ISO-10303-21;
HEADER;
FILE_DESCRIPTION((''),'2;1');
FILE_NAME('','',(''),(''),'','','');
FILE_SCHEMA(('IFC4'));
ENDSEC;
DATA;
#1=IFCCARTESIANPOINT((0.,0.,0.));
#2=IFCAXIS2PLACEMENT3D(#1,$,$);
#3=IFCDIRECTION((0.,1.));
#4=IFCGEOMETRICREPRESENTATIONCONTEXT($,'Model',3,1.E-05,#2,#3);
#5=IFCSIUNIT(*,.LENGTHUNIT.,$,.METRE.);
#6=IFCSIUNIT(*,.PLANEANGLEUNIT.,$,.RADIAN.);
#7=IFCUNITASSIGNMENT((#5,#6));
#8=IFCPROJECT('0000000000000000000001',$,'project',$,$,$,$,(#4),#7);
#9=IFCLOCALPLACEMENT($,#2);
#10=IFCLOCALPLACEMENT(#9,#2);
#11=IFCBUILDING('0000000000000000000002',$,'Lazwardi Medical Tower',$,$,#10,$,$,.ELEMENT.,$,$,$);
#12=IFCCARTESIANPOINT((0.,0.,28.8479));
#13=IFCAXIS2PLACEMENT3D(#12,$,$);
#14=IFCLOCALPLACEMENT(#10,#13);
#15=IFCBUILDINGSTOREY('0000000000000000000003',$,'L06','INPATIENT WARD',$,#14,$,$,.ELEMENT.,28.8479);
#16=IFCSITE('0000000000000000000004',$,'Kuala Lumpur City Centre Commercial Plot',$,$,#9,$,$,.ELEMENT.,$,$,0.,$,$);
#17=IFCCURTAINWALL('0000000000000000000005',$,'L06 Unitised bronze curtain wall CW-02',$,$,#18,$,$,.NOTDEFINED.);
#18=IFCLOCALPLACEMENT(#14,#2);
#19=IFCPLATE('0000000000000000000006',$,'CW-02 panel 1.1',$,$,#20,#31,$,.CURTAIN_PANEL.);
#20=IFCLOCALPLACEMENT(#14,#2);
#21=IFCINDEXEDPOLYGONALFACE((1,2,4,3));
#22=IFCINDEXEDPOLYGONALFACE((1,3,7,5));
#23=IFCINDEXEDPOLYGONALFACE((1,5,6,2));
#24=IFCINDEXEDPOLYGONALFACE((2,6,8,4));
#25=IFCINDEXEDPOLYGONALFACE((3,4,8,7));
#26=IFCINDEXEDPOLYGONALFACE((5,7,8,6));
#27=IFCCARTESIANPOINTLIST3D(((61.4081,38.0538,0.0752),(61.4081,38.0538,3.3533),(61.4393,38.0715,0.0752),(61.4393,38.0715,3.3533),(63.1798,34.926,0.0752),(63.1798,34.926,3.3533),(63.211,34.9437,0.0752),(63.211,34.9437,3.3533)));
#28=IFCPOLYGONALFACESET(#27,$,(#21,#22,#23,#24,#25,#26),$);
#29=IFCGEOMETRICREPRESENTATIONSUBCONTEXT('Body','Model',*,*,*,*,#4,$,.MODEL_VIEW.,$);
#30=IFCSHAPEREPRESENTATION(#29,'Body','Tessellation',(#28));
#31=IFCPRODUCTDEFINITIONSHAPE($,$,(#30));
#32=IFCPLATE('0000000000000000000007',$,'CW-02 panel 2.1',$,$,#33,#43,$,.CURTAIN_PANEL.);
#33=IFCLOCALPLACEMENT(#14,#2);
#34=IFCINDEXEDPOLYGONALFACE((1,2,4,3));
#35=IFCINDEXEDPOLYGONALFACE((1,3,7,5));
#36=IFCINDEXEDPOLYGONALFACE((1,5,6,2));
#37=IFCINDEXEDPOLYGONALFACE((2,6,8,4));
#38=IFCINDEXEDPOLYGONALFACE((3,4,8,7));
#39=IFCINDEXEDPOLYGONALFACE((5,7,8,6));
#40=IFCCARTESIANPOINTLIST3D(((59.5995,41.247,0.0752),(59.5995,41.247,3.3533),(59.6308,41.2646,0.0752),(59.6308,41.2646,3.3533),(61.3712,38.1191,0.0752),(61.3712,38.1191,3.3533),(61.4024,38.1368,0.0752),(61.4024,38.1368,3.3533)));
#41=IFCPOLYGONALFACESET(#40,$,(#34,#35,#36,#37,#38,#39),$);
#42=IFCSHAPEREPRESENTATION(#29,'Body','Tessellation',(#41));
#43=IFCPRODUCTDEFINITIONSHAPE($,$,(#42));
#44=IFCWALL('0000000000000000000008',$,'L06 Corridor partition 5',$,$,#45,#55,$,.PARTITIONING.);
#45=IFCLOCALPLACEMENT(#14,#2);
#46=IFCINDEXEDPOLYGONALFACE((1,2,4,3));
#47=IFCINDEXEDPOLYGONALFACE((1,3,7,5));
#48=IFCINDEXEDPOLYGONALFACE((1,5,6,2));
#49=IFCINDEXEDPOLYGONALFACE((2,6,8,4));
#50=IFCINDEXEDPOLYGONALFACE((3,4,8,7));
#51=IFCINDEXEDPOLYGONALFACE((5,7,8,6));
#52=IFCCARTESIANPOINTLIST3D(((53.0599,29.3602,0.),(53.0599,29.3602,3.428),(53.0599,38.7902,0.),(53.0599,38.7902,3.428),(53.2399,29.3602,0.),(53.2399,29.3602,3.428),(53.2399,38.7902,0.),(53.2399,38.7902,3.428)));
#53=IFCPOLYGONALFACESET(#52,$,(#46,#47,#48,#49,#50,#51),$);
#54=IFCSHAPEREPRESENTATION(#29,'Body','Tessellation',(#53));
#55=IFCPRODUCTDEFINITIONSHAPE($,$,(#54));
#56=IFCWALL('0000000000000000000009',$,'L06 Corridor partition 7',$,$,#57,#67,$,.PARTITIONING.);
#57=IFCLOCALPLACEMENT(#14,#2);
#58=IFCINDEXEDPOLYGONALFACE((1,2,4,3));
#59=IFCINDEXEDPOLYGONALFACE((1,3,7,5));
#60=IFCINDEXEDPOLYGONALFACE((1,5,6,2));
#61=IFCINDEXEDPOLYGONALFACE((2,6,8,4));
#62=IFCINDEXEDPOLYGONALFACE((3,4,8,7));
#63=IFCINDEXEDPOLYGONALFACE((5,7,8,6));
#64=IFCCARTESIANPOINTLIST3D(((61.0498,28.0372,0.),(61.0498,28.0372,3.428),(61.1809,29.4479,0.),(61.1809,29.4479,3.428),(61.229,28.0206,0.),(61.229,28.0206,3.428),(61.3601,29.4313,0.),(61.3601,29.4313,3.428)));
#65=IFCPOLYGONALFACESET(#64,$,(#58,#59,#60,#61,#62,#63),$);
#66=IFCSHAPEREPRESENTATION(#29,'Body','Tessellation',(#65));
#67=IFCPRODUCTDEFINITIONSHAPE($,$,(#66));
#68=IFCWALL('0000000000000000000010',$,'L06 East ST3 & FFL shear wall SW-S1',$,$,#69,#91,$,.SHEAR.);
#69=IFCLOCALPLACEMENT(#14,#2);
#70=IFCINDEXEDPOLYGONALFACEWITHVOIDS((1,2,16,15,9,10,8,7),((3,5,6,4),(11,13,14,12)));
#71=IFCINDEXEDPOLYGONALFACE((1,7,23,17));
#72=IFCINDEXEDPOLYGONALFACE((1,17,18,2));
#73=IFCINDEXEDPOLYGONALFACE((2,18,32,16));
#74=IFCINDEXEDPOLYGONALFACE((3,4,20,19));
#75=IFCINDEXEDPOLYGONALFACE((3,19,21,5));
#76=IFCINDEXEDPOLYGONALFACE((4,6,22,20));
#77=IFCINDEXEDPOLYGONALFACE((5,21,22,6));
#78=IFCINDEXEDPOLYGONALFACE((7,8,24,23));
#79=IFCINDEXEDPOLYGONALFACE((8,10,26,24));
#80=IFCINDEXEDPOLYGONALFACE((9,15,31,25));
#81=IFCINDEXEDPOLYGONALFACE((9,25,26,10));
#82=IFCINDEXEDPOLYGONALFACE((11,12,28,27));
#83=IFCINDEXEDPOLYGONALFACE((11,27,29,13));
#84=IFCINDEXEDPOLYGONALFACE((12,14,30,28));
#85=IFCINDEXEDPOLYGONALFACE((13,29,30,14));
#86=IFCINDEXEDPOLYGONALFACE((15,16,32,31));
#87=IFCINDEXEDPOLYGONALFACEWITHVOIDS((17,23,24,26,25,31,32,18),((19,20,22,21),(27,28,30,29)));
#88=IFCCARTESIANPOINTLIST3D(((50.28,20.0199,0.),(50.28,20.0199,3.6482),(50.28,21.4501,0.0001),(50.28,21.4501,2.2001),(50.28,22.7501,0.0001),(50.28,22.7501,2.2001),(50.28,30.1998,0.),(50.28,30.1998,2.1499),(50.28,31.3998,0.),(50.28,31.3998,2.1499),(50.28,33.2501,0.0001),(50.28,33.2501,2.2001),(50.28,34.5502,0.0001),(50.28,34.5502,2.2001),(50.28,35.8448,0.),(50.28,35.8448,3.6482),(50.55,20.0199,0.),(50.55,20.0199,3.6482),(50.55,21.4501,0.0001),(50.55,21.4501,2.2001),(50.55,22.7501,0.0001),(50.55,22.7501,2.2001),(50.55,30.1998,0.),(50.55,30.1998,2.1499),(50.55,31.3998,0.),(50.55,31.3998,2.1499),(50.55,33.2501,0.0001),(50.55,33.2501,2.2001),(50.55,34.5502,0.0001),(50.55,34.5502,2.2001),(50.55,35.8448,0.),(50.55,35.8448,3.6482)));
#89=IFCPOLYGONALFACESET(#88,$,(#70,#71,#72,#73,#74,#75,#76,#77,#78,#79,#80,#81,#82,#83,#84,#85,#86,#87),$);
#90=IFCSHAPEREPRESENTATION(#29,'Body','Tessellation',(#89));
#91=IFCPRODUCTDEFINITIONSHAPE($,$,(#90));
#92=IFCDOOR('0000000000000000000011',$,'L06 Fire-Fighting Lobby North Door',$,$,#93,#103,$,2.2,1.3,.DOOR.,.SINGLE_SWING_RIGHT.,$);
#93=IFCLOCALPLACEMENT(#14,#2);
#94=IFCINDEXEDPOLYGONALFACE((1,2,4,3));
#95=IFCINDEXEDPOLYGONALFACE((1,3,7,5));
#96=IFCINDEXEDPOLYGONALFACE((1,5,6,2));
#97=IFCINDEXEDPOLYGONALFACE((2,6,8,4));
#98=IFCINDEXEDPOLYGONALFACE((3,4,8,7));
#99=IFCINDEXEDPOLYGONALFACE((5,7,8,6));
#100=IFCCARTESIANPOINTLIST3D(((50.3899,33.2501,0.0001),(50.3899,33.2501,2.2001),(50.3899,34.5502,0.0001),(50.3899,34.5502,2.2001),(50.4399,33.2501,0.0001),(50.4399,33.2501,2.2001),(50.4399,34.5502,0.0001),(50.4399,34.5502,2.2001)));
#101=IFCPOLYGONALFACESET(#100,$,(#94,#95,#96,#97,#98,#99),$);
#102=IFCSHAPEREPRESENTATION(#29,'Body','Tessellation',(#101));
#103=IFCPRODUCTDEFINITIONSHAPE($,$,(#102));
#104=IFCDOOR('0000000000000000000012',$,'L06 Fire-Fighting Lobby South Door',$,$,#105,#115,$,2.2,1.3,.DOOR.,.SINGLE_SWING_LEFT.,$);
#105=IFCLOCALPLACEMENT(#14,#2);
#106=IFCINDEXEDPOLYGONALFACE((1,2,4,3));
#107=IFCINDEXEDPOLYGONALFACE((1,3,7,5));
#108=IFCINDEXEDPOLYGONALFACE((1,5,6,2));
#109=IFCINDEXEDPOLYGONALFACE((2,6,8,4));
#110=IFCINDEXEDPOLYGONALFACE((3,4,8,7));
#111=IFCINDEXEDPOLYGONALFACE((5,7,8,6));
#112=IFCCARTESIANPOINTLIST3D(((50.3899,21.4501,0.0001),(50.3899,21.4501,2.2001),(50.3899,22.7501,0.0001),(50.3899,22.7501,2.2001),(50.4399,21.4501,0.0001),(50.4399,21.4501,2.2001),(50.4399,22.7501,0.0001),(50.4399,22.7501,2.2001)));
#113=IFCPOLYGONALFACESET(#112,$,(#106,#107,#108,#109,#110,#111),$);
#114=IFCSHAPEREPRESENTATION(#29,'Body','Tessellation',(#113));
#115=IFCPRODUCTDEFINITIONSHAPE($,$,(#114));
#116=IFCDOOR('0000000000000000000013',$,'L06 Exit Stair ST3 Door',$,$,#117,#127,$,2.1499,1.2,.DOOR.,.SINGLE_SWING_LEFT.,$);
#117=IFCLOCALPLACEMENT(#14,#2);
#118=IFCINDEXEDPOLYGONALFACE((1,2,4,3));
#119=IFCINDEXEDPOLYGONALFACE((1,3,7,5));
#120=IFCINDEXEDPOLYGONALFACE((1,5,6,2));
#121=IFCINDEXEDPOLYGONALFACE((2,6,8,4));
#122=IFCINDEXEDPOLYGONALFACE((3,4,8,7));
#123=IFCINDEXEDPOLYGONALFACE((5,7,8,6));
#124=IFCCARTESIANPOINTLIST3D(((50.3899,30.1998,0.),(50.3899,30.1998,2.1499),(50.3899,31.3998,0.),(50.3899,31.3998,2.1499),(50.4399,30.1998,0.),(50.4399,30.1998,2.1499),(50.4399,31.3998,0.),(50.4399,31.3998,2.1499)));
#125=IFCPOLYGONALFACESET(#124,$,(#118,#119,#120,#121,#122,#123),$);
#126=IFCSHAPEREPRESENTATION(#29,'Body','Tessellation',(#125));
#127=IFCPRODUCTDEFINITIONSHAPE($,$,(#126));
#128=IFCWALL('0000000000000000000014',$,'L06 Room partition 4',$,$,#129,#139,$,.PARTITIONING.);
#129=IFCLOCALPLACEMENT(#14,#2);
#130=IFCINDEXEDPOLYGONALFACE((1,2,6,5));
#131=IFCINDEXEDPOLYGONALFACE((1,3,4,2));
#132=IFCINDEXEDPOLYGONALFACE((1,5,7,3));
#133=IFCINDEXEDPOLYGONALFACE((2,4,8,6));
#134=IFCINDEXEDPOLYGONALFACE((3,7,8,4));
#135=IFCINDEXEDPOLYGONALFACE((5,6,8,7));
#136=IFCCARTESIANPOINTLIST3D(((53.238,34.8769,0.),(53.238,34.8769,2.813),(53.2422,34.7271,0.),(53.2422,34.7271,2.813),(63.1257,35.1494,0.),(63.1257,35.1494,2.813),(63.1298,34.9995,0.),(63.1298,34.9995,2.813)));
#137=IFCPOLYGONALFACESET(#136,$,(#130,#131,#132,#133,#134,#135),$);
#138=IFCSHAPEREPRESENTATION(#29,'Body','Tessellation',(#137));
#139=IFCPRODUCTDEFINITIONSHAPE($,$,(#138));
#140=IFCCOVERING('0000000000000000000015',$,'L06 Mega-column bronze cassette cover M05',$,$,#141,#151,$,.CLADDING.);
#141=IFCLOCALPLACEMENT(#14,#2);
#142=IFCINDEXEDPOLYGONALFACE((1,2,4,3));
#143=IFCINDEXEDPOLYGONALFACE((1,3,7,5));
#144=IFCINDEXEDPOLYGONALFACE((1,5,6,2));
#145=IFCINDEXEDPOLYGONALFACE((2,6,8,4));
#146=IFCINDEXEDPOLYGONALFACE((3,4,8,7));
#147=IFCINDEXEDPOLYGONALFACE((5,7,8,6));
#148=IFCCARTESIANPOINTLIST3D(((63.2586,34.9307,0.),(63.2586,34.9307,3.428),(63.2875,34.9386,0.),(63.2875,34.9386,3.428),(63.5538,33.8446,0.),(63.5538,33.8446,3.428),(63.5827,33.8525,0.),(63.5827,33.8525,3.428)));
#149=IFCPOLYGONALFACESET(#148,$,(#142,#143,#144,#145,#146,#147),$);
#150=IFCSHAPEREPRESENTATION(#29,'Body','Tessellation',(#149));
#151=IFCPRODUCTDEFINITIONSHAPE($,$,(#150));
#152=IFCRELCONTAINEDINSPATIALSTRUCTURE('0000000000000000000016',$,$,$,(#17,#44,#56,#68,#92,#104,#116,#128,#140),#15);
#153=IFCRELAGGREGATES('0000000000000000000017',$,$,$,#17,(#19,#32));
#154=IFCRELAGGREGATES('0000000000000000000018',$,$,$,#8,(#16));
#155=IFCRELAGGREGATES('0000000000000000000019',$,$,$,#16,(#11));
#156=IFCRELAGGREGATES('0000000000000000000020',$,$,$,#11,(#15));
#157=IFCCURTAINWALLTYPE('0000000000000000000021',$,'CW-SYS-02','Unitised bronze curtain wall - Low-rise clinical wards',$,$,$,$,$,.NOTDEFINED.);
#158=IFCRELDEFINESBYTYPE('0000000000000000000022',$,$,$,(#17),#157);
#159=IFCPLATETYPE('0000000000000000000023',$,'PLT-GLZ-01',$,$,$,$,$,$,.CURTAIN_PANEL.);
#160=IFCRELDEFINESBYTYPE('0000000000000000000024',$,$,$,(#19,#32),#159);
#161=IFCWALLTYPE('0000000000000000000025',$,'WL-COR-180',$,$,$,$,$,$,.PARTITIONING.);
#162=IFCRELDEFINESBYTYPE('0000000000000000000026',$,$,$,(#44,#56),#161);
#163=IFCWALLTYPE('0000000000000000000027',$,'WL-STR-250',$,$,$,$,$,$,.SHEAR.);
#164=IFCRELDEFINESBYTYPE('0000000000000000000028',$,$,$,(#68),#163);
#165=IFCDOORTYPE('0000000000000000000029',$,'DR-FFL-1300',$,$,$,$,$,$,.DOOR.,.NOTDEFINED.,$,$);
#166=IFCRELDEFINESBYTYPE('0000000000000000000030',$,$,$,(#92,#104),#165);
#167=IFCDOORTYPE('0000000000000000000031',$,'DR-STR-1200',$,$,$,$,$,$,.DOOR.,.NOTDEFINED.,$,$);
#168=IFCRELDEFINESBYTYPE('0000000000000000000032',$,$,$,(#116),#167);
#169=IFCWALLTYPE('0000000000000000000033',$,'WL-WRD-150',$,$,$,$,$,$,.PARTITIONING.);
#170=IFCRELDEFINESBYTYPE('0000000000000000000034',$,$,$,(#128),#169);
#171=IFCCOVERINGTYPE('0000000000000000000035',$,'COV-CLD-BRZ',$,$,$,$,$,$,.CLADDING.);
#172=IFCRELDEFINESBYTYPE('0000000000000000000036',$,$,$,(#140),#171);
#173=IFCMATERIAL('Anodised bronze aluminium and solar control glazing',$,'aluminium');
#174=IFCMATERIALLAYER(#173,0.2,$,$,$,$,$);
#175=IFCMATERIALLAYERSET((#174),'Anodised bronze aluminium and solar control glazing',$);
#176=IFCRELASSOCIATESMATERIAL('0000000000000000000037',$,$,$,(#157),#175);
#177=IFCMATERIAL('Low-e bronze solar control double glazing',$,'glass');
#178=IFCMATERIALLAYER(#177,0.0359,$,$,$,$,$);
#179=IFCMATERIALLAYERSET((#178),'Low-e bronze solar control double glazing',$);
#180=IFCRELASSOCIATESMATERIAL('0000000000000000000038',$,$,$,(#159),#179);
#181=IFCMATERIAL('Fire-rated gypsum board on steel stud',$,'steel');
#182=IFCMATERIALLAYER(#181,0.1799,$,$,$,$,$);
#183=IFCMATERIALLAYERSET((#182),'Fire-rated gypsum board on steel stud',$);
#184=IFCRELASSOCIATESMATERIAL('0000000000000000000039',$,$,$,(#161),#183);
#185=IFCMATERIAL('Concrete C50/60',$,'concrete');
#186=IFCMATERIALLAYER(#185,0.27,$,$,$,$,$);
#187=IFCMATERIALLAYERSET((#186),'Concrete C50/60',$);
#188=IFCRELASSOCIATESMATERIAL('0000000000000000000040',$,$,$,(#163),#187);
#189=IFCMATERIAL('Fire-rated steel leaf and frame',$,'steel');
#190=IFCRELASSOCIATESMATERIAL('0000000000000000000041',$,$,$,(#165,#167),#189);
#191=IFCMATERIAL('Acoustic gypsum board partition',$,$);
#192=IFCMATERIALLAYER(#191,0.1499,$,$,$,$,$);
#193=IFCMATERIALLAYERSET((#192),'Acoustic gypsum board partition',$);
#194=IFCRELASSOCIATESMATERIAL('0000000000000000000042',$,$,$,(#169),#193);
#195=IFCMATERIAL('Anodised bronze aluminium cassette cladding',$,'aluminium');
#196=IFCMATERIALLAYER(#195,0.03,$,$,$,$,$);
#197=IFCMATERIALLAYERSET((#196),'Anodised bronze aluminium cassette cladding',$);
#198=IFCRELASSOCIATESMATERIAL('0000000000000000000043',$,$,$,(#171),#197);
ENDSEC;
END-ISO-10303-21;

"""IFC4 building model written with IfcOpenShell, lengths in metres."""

from ifc_helpers import new_model, si_unit, direction, frame, frame_2d, origin, origin_2d, place, context, subcontext, project, spatial, rectangle, extrude, material, layer, layer_set, type_object, element, fill, aggregate, save


model = new_model("IFC4")

# Units and contexts
model_context = context("Model", 3, precision=1e-05, world=origin(), true_north=direction((0.0, 1.0)))
body_context = subcontext(model_context, "Body", "Model", "MODEL_VIEW")
ifc_project = project(units=[si_unit("LENGTHUNIT", "METRE"), si_unit("PLANEANGLEUNIT", "RADIAN")], contexts=[model_context])

# Site, building, storey
site_placement = place(None, origin())
site = spatial("IfcSite", under=ifc_project, at=site_placement, Name="Kuala Lumpur City Centre Commercial Plot", CompositionType="ELEMENT", RefElevation=0.0)
building_placement = place(site_placement, origin())
building = spatial("IfcBuilding", under=site, at=building_placement, Name="Lazwardi Medical Tower", CompositionType="ELEMENT")
storey_placement = place(building_placement, frame((0.0, 0.0, 28.8479)))
storey = spatial("IfcBuildingStorey", under=building, at=storey_placement, Name="L06", Description="INPATIENT WARD", CompositionType="ELEMENT", Elevation=28.8479)

# Shared definitions
ifc_material_1 = material(Name="Anodised bronze aluminium and solar control glazing", Category="aluminium")
ifc_layer_1 = layer(ifc_material_1, 0.2)
ifc_layer_set_1 = layer_set([ifc_layer_1], Name="Anodised bronze aluminium and solar control glazing")
curtain_wall_type = type_object("IfcCurtainWallType", Name="CW-SYS-02", Description="Unitised bronze curtain wall - Low-rise clinical wards", PredefinedType="NOTDEFINED", material=ifc_layer_set_1)

# Curtain wall
curtain_wall_1_placement = place(storey_placement, origin())
curtain_wall_1 = element("IfcCurtainWall", 1, at=curtain_wall_1_placement, inside=storey, type_object=curtain_wall_type, Name="L06 Unitised bronze curtain wall CW-02", PredefinedType="NOTDEFINED")

# Plates
ifc_material_2 = material(Name="Low-e bronze solar control double glazing", Category="glass")
ifc_layer_2 = layer(ifc_material_2, 0.0359)
ifc_layer_set_2 = layer_set([ifc_layer_2], Name="Low-e bronze solar control double glazing")
plate_type = type_object("IfcPlateType", Name="PLT-GLZ-01", PredefinedType="CURTAIN_PANEL", material=ifc_layer_set_2)
plate_1_placement = place(storey_placement, frame((62.3096, 36.4988, 0.0752), z_axis=(0.0, 0.0, 1.0), x_axis=(-0.492854, 0.870112, 0.0)))
plate_1 = element("IfcPlate", 2, at=plate_1_placement, type_object=plate_type, Name="CW-02 panel 1.1", PredefinedType="CURTAIN_PANEL", context=body_context, shape_type="SweptSolid", body=[
    extrude(rectangle(XDim=3.5947, YDim=0.0359, at=origin_2d()), origin(), (0.0, 0.0, 1.0), 3.2781),
])
plate_2_placement = place(storey_placement, frame((60.501, 39.6919, 0.0752), z_axis=(0.0, 0.0, 1.0), x_axis=(-0.492854, 0.870112, 0.0)))
plate_2 = element("IfcPlate", 3, at=plate_2_placement, type_object=plate_type, Name="CW-02 panel 2.1", PredefinedType="CURTAIN_PANEL", context=body_context, shape_type="SweptSolid", body=[
    extrude(rectangle(XDim=3.5947, YDim=0.0359, at=origin_2d()), origin(), (0.0, 0.0, 1.0), 3.2781),
])
aggregate(curtain_wall_1, [plate_1, plate_2])

# Walls
ifc_material_3 = material(Name="Fire-rated gypsum board on steel stud", Category="steel")
ifc_layer_3 = layer(ifc_material_3, 0.1799)
ifc_layer_set_3 = layer_set([ifc_layer_3], Name="Fire-rated gypsum board on steel stud")
wall_type_1 = type_object("IfcWallType", Name="WL-COR-180", PredefinedType="PARTITIONING", material=ifc_layer_set_3)
wall_1_placement = place(storey_placement, frame((53.1499, 38.79, 0.0), z_axis=(0.0, 0.0, 1.0), x_axis=(0.0, -1.0, 0.0)))
element("IfcWall", 4, at=wall_1_placement, inside=storey, type_object=wall_type_1, Name="L06 Corridor partition 5", PredefinedType="PARTITIONING", context=body_context, shape_type="SweptSolid", body=[
    extrude(rectangle(XDim=9.4299, YDim=0.1799, at=frame_2d((4.7148, 0.0))), origin(), (0.0, 0.0, 1.0), 3.428),
])
wall_2_placement = place(storey_placement, frame((61.2705, 29.4397, 0.0), z_axis=(0.0, 0.0, 1.0), x_axis=(-0.09254, -0.995709, 0.0)))
element("IfcWall", 5, at=wall_2_placement, inside=storey, type_object=wall_type_1, Name="L06 Corridor partition 7", PredefinedType="PARTITIONING", context=body_context, shape_type="SweptSolid", body=[
    extrude(rectangle(XDim=1.4167, YDim=0.1799, at=frame_2d((0.7085, 0.0))), origin(), (0.0, 0.0, 1.0), 3.428),
])

# Wall, openings, doors
ifc_material_4 = material(Name="Concrete C50/60", Category="concrete")
ifc_layer_4 = layer(ifc_material_4, 0.27)
ifc_layer_set_4 = layer_set([ifc_layer_4], Name="Concrete C50/60")
wall_type_2 = type_object("IfcWallType", Name="WL-STR-250", PredefinedType="SHEAR", material=ifc_layer_set_4)
wall_3_placement = place(storey_placement, frame((50.415, 35.845, 0.0), z_axis=(0.0, 0.0, 1.0), x_axis=(0.0, -1.0, 0.0)))
wall_3 = element("IfcWall", 6, at=wall_3_placement, inside=storey, type_object=wall_type_2, Name="L06 East ST3 & FFL shear wall SW-S1", PredefinedType="SHEAR", context=body_context, shape_type="SweptSolid", body=[
    extrude(rectangle(XDim=15.825, YDim=0.27, at=frame_2d((7.9126, 0.0))), origin(), (0.0, 0.0, 1.0), 3.6482),
])
opening_1_placement = place(wall_3_placement, frame((4.4451, 0.0, 0.0)))
opening_1 = element("IfcOpeningElement", 7, at=opening_1_placement, cuts=wall_3, PredefinedType="OPENING", context=body_context, shape_type="SweptSolid", body=[
    extrude(rectangle(XDim=1.2, YDim=2.1499, at=frame_2d((0.6001, 1.075))), frame((0.0, 0.145, 0.0), z_axis=(0.0, -1.0, 0.0), x_axis=(1.0, 0.0, 0.0)), (0.0, 0.0, 1.0), 0.29),
])
opening_2_placement = place(wall_3_placement, frame((1.2949, 0.0, 0.0)))
opening_2 = element("IfcOpeningElement", 8, at=opening_2_placement, cuts=wall_3, PredefinedType="OPENING", context=body_context, shape_type="SweptSolid", body=[
    extrude(rectangle(XDim=1.3, YDim=2.2, at=frame_2d((0.6499, 1.1001))), frame((0.0, 0.145, 0.0), z_axis=(0.0, -1.0, 0.0), x_axis=(1.0, 0.0, 0.0)), (0.0, 0.0, 1.0), 0.29),
])
opening_3_placement = place(wall_3_placement, frame((13.095, 0.0, 0.0)))
opening_3 = element("IfcOpeningElement", 9, at=opening_3_placement, cuts=wall_3, PredefinedType="OPENING", context=body_context, shape_type="SweptSolid", body=[
    extrude(rectangle(XDim=1.3, YDim=2.2, at=frame_2d((0.6499, 1.1001))), frame((0.0, 0.145, 0.0), z_axis=(0.0, -1.0, 0.0), x_axis=(1.0, 0.0, 0.0)), (0.0, 0.0, 1.0), 0.29),
])
ifc_material_5 = material(Name="Fire-rated steel leaf and frame", Category="steel")
door_type_1 = type_object("IfcDoorType", Name="DR-FFL-1300", OperationType="NOTDEFINED", PredefinedType="DOOR", material=ifc_material_5)
door_1_placement = place(opening_2_placement, origin())
door_1 = element("IfcDoor", 10, at=door_1_placement, inside=storey, type_object=door_type_1, Name="L06 Fire-Fighting Lobby North Door", OperationType="SINGLE_SWING_RIGHT", OverallHeight=2.2, OverallWidth=1.3, PredefinedType="DOOR", context=body_context, shape_type="SweptSolid", body=[
    extrude(rectangle(XDim=1.3, YDim=2.2, at=frame_2d((0.6499, 1.1001))), frame((0.0, 0.0249, 0.0), z_axis=(0.0, -1.0, 0.0), x_axis=(1.0, 0.0, 0.0)), (0.0, 0.0, 1.0), 0.05),
])
fill(opening_2, door_1)
door_2_placement = place(opening_3_placement, origin())
door_2 = element("IfcDoor", 11, at=door_2_placement, inside=storey, type_object=door_type_1, Name="L06 Fire-Fighting Lobby South Door", OperationType="SINGLE_SWING_LEFT", OverallHeight=2.2, OverallWidth=1.3, PredefinedType="DOOR", context=body_context, shape_type="SweptSolid", body=[
    extrude(rectangle(XDim=1.3, YDim=2.2, at=frame_2d((0.6499, 1.1001))), frame((0.0, 0.0249, 0.0), z_axis=(0.0, -1.0, 0.0), x_axis=(1.0, 0.0, 0.0)), (0.0, 0.0, 1.0), 0.05),
])
fill(opening_3, door_2)
door_type_2 = type_object("IfcDoorType", Name="DR-STR-1200", OperationType="NOTDEFINED", PredefinedType="DOOR", material=ifc_material_5)
door_3_placement = place(opening_1_placement, origin())
door_3 = element("IfcDoor", 12, at=door_3_placement, inside=storey, type_object=door_type_2, Name="L06 Exit Stair ST3 Door", OperationType="SINGLE_SWING_LEFT", OverallHeight=2.1499, OverallWidth=1.2, PredefinedType="DOOR", context=body_context, shape_type="SweptSolid", body=[
    extrude(rectangle(XDim=1.2, YDim=2.1499, at=frame_2d((0.6001, 1.075))), frame((0.0, 0.0249, 0.0), z_axis=(0.0, -1.0, 0.0), x_axis=(1.0, 0.0, 0.0)), (0.0, 0.0, 1.0), 0.05),
])
fill(opening_1, door_3)

# Wall
ifc_material_6 = material(Name="Acoustic gypsum board partition")
ifc_layer_5 = layer(ifc_material_6, 0.1499)
ifc_layer_set_5 = layer_set([ifc_layer_5], Name="Acoustic gypsum board partition")
wall_type_3 = type_object("IfcWallType", Name="WL-WRD-150", PredefinedType="PARTITIONING", material=ifc_layer_set_5)
wall_4_placement = place(storey_placement, frame((53.24, 34.802, 0.0), z_axis=(0.0, 0.0, 1.0), x_axis=(0.999621, 0.027545, 0.0)))
element("IfcWall", 13, at=wall_4_placement, inside=storey, type_object=wall_type_3, Name="L06 Room partition 4", PredefinedType="PARTITIONING", context=body_context, shape_type="SweptSolid", body=[
    extrude(rectangle(XDim=9.8914, YDim=0.1499, at=frame_2d((4.9458, 0.0))), origin(), (0.0, 0.0, 1.0), 2.813),
])

# Covering
ifc_material_7 = material(Name="Anodised bronze aluminium cassette cladding", Category="aluminium")
ifc_layer_6 = layer(ifc_material_7, 0.03)
ifc_layer_set_6 = layer_set([ifc_layer_6], Name="Anodised bronze aluminium cassette cladding")
covering_type = type_object("IfcCoveringType", Name="COV-CLD-BRZ", PredefinedType="CLADDING", material=ifc_layer_set_6)
covering_placement = place(storey_placement, frame((63.4207, 34.3916, 0.0), z_axis=(0.0, 0.0, 1.0), x_axis=(-0.262283, 0.964991, 0.0)))
element("IfcCovering", 14, at=covering_placement, inside=storey, type_object=covering_type, Name="L06 Mega-column bronze cassette cover M05", PredefinedType="CLADDING", context=body_context, shape_type="SweptSolid", body=[
    extrude(rectangle(XDim=1.1255, YDim=0.03, at=origin_2d()), origin(), (0.0, 0.0, 1.0), 3.428),
])

save(model, "model.ifc")
